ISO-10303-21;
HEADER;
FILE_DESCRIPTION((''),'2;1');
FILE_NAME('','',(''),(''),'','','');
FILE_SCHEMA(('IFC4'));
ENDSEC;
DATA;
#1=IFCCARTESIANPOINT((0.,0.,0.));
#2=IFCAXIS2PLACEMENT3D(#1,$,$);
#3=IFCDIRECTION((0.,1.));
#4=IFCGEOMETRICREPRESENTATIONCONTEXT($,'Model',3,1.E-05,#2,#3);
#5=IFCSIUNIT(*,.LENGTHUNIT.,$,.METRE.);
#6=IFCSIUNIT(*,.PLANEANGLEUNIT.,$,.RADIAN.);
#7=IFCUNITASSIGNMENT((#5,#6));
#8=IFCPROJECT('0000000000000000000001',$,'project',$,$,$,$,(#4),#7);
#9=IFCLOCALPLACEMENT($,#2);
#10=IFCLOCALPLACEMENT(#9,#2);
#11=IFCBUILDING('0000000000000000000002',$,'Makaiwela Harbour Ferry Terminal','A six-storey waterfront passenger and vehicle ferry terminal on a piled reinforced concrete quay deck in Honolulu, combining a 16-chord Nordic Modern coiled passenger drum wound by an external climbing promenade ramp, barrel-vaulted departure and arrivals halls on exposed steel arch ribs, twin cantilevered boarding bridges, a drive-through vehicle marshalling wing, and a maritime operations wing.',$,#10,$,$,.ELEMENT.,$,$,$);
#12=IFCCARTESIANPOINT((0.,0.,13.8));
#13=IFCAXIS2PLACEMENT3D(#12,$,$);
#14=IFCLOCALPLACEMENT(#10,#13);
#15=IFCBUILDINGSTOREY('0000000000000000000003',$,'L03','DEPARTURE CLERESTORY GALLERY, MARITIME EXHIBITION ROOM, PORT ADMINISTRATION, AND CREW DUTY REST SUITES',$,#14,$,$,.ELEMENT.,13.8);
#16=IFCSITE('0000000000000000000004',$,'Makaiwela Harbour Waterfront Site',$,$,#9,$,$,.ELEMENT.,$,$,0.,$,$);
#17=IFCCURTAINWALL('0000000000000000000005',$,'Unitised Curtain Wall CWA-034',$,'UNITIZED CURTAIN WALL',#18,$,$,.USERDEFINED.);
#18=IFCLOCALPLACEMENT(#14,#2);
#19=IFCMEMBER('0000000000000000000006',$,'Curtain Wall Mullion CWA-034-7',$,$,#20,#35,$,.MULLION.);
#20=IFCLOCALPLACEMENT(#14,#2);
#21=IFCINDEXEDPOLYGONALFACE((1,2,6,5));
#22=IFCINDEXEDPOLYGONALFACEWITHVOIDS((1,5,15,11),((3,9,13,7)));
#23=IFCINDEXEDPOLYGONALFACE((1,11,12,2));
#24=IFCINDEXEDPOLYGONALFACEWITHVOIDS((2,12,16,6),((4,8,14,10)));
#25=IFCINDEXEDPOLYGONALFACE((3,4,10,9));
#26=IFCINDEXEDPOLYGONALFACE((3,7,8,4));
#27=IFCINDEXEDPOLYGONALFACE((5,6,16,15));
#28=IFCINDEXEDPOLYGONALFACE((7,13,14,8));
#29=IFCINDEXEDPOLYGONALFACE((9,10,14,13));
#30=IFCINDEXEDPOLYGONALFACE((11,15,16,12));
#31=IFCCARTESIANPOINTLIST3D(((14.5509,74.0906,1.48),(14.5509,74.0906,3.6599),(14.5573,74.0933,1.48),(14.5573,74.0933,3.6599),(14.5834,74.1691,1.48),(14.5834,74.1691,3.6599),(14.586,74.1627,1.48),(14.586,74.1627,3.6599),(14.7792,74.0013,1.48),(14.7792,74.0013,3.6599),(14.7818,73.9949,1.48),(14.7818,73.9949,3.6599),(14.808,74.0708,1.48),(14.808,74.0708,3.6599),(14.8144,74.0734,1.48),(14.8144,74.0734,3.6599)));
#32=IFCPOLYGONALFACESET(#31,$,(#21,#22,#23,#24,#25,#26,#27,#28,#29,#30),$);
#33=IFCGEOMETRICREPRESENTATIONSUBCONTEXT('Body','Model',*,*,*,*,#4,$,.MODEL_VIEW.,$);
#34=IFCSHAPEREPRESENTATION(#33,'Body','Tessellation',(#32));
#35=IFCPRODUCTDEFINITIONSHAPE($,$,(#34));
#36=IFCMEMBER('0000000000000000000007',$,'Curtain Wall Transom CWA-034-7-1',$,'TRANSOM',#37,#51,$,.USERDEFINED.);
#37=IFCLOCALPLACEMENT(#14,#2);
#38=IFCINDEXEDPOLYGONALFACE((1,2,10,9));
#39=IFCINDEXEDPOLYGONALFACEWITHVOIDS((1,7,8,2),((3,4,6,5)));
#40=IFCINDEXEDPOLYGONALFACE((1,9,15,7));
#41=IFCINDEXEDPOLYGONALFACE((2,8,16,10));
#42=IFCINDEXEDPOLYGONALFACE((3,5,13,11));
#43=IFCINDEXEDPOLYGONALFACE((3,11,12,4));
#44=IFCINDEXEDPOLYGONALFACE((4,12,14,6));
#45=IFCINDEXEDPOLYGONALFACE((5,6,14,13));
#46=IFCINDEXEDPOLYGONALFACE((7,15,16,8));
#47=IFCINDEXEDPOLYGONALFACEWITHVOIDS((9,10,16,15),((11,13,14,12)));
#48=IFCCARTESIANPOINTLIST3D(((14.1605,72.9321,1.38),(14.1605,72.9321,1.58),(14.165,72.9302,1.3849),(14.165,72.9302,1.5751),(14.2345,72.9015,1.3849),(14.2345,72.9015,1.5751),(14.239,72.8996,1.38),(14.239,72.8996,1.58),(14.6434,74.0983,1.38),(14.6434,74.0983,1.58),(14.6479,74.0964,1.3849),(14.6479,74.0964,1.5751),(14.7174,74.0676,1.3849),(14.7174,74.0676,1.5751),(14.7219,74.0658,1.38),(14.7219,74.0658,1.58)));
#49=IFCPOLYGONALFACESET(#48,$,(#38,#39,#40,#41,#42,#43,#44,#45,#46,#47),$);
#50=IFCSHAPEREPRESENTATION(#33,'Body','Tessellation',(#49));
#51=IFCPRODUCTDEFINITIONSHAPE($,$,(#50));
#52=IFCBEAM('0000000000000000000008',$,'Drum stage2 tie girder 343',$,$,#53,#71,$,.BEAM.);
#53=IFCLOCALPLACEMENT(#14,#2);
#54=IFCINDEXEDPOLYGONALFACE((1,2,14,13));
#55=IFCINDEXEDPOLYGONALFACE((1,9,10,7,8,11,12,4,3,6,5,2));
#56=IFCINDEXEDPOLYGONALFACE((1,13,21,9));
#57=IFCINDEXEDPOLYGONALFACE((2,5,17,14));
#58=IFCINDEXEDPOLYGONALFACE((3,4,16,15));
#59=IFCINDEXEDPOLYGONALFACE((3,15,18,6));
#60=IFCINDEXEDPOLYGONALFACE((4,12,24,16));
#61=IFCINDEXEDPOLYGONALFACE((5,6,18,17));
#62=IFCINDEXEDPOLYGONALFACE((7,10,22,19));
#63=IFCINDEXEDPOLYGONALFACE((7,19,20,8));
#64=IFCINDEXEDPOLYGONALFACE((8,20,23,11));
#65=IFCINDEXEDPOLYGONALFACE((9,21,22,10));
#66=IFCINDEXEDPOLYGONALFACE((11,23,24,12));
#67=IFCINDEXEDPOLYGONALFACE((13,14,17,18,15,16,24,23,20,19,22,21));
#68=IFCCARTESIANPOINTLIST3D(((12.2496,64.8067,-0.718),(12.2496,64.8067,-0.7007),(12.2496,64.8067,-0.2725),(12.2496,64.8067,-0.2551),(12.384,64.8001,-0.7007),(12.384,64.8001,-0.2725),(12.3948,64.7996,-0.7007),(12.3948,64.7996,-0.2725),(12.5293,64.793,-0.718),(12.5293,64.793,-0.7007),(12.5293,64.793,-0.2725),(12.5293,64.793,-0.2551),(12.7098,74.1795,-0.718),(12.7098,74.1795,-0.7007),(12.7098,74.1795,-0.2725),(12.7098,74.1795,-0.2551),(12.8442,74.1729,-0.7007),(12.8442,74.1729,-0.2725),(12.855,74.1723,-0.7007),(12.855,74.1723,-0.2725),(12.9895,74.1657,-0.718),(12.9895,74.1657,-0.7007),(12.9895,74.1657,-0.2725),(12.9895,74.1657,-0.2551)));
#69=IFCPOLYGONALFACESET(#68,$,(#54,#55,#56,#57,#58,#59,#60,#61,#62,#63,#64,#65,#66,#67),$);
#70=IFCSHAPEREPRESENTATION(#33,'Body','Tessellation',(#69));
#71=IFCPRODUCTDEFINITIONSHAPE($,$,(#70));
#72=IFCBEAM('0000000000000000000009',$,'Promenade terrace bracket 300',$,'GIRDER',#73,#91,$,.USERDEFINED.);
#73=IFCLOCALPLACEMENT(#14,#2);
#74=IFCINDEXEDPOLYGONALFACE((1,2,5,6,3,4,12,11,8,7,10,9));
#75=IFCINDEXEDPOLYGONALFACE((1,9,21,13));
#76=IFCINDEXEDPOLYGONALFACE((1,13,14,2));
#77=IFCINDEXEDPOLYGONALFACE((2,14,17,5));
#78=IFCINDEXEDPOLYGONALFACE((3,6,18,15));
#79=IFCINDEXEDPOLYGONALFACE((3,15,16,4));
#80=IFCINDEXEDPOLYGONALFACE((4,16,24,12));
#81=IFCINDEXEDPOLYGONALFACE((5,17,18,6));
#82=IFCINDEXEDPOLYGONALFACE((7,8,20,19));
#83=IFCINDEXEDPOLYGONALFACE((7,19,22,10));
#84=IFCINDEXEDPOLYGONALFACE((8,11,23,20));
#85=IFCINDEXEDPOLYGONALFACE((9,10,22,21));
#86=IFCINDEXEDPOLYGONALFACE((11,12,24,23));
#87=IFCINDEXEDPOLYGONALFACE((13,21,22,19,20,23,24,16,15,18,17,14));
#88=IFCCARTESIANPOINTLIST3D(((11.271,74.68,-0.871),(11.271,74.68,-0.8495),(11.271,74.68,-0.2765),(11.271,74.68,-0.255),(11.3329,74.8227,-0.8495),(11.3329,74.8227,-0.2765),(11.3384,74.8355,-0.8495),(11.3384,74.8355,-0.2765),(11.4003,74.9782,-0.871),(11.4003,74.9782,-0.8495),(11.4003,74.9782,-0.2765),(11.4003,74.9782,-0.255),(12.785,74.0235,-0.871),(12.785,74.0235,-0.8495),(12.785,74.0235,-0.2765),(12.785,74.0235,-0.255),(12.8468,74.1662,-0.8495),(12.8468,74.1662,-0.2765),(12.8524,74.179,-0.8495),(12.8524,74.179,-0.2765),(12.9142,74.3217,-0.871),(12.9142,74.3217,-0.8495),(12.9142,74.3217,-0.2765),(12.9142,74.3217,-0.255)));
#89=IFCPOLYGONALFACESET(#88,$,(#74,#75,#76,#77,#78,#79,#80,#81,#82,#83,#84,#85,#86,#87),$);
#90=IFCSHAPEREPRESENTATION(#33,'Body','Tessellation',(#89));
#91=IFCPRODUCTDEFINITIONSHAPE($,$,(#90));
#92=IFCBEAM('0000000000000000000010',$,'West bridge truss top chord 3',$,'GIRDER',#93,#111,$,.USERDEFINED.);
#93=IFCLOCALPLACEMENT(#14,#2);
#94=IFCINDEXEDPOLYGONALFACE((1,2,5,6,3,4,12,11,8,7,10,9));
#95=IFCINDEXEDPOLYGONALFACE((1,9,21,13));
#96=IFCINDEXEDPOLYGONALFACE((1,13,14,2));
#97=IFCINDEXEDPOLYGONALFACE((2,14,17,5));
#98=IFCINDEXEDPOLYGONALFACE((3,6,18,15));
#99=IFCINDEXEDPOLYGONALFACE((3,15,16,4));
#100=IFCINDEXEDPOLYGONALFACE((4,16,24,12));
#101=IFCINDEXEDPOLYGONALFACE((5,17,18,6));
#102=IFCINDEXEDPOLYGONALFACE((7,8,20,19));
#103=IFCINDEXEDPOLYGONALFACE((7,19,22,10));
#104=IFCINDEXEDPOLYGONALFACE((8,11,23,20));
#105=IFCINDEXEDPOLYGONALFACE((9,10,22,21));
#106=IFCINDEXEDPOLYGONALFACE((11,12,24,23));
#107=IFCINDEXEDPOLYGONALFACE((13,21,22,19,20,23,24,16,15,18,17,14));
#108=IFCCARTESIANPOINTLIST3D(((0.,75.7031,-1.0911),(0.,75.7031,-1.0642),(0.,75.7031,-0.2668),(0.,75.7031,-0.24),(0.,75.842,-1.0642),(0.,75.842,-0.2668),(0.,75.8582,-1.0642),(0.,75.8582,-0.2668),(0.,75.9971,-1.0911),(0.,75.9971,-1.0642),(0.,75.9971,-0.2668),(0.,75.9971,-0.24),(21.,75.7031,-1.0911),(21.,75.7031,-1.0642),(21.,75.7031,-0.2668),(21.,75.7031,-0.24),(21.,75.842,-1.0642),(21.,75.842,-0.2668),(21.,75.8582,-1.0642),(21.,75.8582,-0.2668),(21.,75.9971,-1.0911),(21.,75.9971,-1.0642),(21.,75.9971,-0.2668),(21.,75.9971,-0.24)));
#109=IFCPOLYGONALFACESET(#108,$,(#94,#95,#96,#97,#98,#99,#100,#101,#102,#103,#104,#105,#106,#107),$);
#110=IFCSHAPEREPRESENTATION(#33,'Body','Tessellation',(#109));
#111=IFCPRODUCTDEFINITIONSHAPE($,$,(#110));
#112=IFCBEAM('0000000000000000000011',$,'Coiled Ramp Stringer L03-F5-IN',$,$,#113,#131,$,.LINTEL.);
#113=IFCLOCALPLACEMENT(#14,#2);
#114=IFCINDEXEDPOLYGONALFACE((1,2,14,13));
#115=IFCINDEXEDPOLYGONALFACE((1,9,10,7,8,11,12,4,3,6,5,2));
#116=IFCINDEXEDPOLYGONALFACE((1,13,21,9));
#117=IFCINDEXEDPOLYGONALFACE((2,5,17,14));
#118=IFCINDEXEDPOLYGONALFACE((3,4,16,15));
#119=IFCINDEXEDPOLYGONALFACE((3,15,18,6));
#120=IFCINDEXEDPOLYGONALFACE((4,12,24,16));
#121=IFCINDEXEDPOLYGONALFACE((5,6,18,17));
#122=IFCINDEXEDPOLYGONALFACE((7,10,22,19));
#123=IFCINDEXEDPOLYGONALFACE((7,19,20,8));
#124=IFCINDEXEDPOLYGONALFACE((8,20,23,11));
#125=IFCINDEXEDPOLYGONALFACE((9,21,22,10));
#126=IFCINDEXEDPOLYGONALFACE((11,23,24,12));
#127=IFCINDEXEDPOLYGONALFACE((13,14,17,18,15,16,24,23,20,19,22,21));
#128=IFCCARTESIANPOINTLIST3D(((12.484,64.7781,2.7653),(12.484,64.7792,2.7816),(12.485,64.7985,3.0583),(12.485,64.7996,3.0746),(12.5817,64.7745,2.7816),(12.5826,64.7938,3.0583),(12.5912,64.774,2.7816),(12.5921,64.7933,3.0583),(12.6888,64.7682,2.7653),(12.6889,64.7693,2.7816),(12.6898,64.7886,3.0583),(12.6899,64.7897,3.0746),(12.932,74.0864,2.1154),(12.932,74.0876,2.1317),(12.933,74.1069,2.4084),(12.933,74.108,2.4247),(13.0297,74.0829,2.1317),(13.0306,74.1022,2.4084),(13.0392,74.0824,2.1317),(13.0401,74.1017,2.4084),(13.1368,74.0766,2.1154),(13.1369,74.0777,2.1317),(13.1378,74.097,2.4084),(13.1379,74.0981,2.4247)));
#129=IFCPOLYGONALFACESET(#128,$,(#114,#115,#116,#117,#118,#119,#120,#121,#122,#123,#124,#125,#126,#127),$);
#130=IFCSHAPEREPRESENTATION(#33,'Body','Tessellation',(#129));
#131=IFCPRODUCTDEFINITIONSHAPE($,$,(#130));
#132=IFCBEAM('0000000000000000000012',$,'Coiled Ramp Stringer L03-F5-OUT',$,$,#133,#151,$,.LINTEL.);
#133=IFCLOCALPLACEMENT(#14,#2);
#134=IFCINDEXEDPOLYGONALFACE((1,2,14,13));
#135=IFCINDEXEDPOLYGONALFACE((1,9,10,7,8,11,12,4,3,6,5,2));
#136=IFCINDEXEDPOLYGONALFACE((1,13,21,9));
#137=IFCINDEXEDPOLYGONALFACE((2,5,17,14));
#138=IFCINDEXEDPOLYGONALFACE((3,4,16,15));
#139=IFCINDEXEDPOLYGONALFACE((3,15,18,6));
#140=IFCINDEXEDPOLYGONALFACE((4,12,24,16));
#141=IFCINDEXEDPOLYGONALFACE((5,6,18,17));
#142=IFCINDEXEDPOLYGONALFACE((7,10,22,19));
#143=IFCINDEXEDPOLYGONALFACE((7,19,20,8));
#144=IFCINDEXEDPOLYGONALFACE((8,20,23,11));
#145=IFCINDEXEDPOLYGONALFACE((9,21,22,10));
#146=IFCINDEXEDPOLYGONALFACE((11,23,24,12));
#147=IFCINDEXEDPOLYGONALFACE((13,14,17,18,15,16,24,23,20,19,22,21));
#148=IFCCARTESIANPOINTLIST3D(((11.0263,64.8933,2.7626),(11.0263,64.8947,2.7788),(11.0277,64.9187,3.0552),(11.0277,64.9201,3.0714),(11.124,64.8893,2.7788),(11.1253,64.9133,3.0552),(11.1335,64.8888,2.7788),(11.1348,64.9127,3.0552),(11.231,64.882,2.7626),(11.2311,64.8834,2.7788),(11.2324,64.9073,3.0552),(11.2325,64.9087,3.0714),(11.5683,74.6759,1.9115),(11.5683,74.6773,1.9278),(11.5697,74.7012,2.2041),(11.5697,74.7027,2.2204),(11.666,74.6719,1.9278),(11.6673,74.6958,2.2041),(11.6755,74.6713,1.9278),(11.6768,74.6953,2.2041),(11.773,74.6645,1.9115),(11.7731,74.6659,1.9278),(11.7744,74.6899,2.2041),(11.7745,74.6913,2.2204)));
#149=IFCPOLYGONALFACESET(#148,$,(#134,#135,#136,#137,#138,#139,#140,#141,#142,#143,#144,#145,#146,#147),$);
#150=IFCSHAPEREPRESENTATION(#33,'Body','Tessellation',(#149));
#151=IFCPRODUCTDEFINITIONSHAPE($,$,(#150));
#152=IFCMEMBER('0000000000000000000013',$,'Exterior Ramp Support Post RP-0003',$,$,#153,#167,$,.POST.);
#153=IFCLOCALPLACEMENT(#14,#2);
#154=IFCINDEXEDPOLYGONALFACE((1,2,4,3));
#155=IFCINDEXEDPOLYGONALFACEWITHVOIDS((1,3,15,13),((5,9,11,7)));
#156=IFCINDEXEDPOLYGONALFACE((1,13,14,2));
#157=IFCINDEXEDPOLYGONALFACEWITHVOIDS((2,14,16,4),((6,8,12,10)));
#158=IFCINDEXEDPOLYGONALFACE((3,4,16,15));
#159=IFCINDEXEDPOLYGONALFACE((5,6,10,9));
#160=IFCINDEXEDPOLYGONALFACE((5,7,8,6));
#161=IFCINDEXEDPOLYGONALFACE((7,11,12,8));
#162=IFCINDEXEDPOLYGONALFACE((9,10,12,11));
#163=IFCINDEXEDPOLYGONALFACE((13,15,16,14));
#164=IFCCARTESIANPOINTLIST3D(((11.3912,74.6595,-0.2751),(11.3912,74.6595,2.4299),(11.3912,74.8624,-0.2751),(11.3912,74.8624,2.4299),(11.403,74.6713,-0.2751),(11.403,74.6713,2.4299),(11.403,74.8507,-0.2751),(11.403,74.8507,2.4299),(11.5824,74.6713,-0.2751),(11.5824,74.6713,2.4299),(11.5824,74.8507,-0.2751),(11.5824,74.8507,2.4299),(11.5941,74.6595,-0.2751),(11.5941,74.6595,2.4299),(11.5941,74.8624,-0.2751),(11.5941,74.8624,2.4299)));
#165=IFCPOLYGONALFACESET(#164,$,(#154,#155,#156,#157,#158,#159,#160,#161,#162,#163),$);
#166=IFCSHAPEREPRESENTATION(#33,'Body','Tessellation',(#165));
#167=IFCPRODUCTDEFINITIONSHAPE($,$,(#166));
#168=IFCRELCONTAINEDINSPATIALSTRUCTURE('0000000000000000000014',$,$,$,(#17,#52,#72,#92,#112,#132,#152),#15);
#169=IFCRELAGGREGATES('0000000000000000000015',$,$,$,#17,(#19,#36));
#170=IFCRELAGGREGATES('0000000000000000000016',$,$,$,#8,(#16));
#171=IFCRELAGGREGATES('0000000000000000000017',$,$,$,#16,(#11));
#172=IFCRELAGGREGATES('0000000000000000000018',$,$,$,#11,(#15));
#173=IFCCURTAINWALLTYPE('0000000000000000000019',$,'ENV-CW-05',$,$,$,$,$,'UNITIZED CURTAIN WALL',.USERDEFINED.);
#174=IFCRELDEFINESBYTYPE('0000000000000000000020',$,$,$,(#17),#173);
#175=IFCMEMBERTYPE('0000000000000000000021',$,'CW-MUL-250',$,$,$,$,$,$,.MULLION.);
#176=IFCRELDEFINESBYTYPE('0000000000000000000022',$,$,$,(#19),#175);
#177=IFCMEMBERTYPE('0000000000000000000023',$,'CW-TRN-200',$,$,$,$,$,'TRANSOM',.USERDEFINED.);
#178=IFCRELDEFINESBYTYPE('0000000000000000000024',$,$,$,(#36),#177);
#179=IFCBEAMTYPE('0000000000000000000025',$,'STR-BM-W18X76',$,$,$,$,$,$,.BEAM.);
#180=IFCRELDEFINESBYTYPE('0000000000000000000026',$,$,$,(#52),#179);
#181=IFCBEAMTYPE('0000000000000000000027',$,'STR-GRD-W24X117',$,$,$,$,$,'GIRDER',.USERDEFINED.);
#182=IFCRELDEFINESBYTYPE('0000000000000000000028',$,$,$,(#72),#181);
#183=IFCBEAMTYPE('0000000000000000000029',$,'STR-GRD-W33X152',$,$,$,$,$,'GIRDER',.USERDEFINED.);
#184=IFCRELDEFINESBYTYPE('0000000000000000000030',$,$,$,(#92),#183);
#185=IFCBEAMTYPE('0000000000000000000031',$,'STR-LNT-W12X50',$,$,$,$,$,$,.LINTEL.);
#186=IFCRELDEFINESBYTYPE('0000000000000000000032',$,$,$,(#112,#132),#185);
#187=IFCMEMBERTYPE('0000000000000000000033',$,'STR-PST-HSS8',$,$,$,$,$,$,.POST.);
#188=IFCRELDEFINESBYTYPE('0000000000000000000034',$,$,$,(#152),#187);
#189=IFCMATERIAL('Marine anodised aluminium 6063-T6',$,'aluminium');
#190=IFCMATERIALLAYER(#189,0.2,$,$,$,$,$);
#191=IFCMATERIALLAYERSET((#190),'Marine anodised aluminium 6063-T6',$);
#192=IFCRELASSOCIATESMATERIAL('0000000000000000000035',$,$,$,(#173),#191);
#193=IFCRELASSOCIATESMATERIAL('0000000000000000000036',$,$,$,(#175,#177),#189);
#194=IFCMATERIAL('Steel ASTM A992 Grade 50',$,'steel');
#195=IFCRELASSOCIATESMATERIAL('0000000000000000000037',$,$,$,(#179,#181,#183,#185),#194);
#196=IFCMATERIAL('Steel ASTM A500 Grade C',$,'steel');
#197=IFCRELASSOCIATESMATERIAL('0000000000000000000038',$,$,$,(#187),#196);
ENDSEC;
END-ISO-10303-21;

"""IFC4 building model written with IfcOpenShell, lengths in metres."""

from ifc_helpers import new_model, si_unit, direction, frame, origin, origin_2d, place, context, subcontext, project, spatial, hollow_rectangle, i_section, extrude, material, layer, layer_set, material_profile, profile_set, type_object, element, aggregate, save


model = new_model("IFC4")

# Units and contexts
model_context = context("Model", 3, precision=1e-05, world=origin(), true_north=direction((0.0, 1.0)))
body_context = subcontext(model_context, "Body", "Model", "MODEL_VIEW")
ifc_project = project(units=[si_unit("LENGTHUNIT", "METRE"), si_unit("PLANEANGLEUNIT", "RADIAN")], contexts=[model_context])

# Site, building, storey
site_placement = place(None, origin())
site = spatial("IfcSite", under=ifc_project, at=site_placement, Name="Makaiwela Harbour Waterfront Site", CompositionType="ELEMENT", RefElevation=0.0)
building_placement = place(site_placement, origin())
building = spatial("IfcBuilding", under=site, at=building_placement, Name="Makaiwela Harbour Ferry Terminal", Description="A six-storey waterfront passenger and vehicle ferry terminal on a piled reinforced concrete quay deck in Honolulu, combining a 16-chord Nordic Modern coiled passenger drum wound by an external climbing promenade ramp, barrel-vaulted departure and arrivals halls on exposed steel arch ribs, twin cantilevered boarding bridges, a drive-through vehicle marshalling wing, and a maritime operations wing.", CompositionType="ELEMENT")
storey_placement = place(building_placement, frame((0.0, 0.0, 13.8)))
storey = spatial("IfcBuildingStorey", under=building, at=storey_placement, Name="L03", Description="DEPARTURE CLERESTORY GALLERY, MARITIME EXHIBITION ROOM, PORT ADMINISTRATION, AND CREW DUTY REST SUITES", CompositionType="ELEMENT", Elevation=13.8)

# Curtain wall, members
ifc_material_1 = material(Name="Marine anodised aluminium 6063-T6", Category="aluminium")
ifc_layer_1 = layer(ifc_material_1, 0.2)
ifc_layer_set_1 = layer_set([ifc_layer_1], Name="Marine anodised aluminium 6063-T6")
curtain_wall_type = type_object("IfcCurtainWallType", Name="ENV-CW-05", ElementType="UNITIZED CURTAIN WALL", PredefinedType="USERDEFINED", material=ifc_layer_set_1)
curtain_wall_placement = place(storey_placement, origin())
curtain_wall = element("IfcCurtainWall", 1, at=curtain_wall_placement, inside=storey, type_object=curtain_wall_type, Name="Unitised Curtain Wall CWA-034", ObjectType="UNITIZED CURTAIN WALL", PredefinedType="USERDEFINED")
ifc_material_profile_1 = material_profile(ifc_material_1, hollow_rectangle(XDim=0.085, YDim=0.25, WallThickness=0.0049, at=origin_2d()), Name="CWM-250X85")
ifc_profile_set_1 = profile_set([ifc_material_profile_1], Name="Marine anodised aluminium 6063-T6")
member_type_1 = type_object("IfcMemberType", Name="CW-MUL-250", PredefinedType="MULLION", material=ifc_profile_set_1)
member_1_placement = place(storey_placement, frame((14.6826, 74.082, 1.48), z_axis=(0.0, 0.0, 1.0), x_axis=(0.382683, 0.92388, 0.0)))
member_1 = element("IfcMember", 2, at=member_1_placement, type_object=member_type_1, Name="Curtain Wall Mullion CWA-034-7", PredefinedType="MULLION", context=body_context, shape_type="SweptSolid", body=[
    extrude(hollow_rectangle(XDim=0.085, YDim=0.25, WallThickness=0.0049, at=origin_2d()), origin(), (0.0, 0.0, 1.0), 2.1799),
])
ifc_material_profile_2 = material_profile(ifc_material_1, hollow_rectangle(XDim=0.085, YDim=0.2, WallThickness=0.0049, at=origin_2d()), Name="CWT-200X85")
ifc_profile_set_2 = profile_set([ifc_material_profile_2], Name="Marine anodised aluminium 6063-T6")
member_type_2 = type_object("IfcMemberType", Name="CW-TRN-200", ElementType="TRANSOM", PredefinedType="USERDEFINED", material=ifc_profile_set_2)
member_2_placement = place(storey_placement, frame((14.6826, 74.082, 1.48), z_axis=(-0.382568, -0.923927, 0.0), x_axis=(0.923927, -0.382568, 0.0)))
member_2 = element("IfcMember", 3, at=member_2_placement, type_object=member_type_2, Name="Curtain Wall Transom CWA-034-7-1", ObjectType="TRANSOM", PredefinedType="USERDEFINED", context=body_context, shape_type="SweptSolid", body=[
    extrude(hollow_rectangle(XDim=0.085, YDim=0.2, WallThickness=0.0049, at=origin_2d()), origin(), (0.0, 0.0, 1.0), 1.2622),
])
aggregate(curtain_wall, [member_1, member_2])

# Beams
ifc_material_2 = material(Name="Steel ASTM A992 Grade 50", Category="steel")
ifc_material_profile_3 = material_profile(ifc_material_2, i_section(OverallWidth=0.28, OverallDepth=0.4629, WebThickness=0.0107, FlangeThickness=0.0173, at=origin_2d()), Name="W18X76")
ifc_profile_set_3 = profile_set([ifc_material_profile_3], Name="Steel ASTM A992 Grade 50")
beam_type_1 = type_object("IfcBeamType", Name="STR-BM-W18X76", PredefinedType="BEAM", material=ifc_profile_set_3)
beam_1_placement = place(storey_placement, frame((12.8496, 74.1726, -0.4866), z_axis=(-0.049041, -0.998797, 0.0), x_axis=(0.998797, -0.049041, 0.0)))
element("IfcBeam", 4, at=beam_1_placement, inside=storey, type_object=beam_type_1, Name="Drum stage2 tie girder 343", PredefinedType="BEAM", context=body_context, shape_type="SweptSolid", body=[
    extrude(i_section(OverallWidth=0.28, OverallDepth=0.4629, WebThickness=0.0107, FlangeThickness=0.0173, at=origin_2d()), origin(), (0.0, 0.0, 1.0), 9.384),
])
ifc_material_profile_4 = material_profile(ifc_material_2, i_section(OverallWidth=0.325, OverallDepth=0.616, WebThickness=0.0139, FlangeThickness=0.0215, at=origin_2d()), Name="W24X117")
ifc_profile_set_4 = profile_set([ifc_material_profile_4], Name="Steel ASTM A992 Grade 50")
beam_type_2 = type_object("IfcBeamType", Name="STR-GRD-W24X117", ElementType="GIRDER", PredefinedType="USERDEFINED", material=ifc_profile_set_4)
beam_2_placement = place(storey_placement, frame((12.8496, 74.1726, -0.563), z_axis=(-0.917453, 0.397844, 0.0), x_axis=(-0.397844, -0.917453, 0.0)))
element("IfcBeam", 5, at=beam_2_placement, inside=storey, type_object=beam_type_2, Name="Promenade terrace bracket 300", ObjectType="GIRDER", PredefinedType="USERDEFINED", context=body_context, shape_type="SweptSolid", body=[
    extrude(i_section(OverallWidth=0.325, OverallDepth=0.616, WebThickness=0.0139, FlangeThickness=0.0215, at=origin_2d()), origin(), (0.0, 0.0, 1.0), 1.6501),
])
ifc_material_profile_5 = material_profile(ifc_material_2, i_section(OverallWidth=0.2939, OverallDepth=0.8511, WebThickness=0.0161, FlangeThickness=0.0269, at=origin_2d()), Name="W33X152")
ifc_profile_set_5 = profile_set([ifc_material_profile_5], Name="Steel ASTM A992 Grade 50")
beam_type_3 = type_object("IfcBeamType", Name="STR-GRD-W33X152", ElementType="GIRDER", PredefinedType="USERDEFINED", material=ifc_profile_set_5)
beam_3_placement = place(storey_placement, frame((0.0, 75.8501, -0.6655), z_axis=(1.0, 0.0, 0.0), x_axis=(0.0, 1.0, 0.0)))
element("IfcBeam", 6, at=beam_3_placement, inside=storey, type_object=beam_type_3, Name="West bridge truss top chord 3", ObjectType="GIRDER", PredefinedType="USERDEFINED", context=body_context, shape_type="SweptSolid", body=[
    extrude(i_section(OverallWidth=0.2939, OverallDepth=0.8511, WebThickness=0.0161, FlangeThickness=0.0269, at=origin_2d()), origin(), (0.0, 0.0, 1.0), 21.0),
])
ifc_material_profile_6 = material_profile(ifc_material_2, i_section(OverallWidth=0.2051, OverallDepth=0.3101, WebThickness=0.0095, FlangeThickness=0.0164, at=origin_2d()), Name="W12X50")
ifc_profile_set_6 = profile_set([ifc_material_profile_6], Name="Steel ASTM A992 Grade 50")
beam_type_4 = type_object("IfcBeamType", Name="STR-LNT-W12X50", PredefinedType="LINTEL", material=ifc_profile_set_6)
beam_4_placement = place(storey_placement, frame((13.0349, 74.0923, 2.27), z_axis=(-0.047957, -0.996424, 0.06957), x_axis=(0.998844, -0.048073, 0.0)))
element("IfcBeam", 7, at=beam_4_placement, inside=storey, type_object=beam_type_4, Name="Coiled Ramp Stringer L03-F5-IN", PredefinedType="LINTEL", context=body_context, shape_type="SweptSolid", body=[
    extrude(i_section(OverallWidth=0.2051, OverallDepth=0.3101, WebThickness=0.0095, FlangeThickness=0.0164, at=origin_2d()), origin(), (0.0, 0.0, 1.0), 9.3418),
])
beam_5_placement = place(storey_placement, frame((11.6714, 74.6836, 2.0659), z_axis=(-0.055112, -0.994723, 0.086541), x_axis=(0.998469, -0.05532, 0.0)))
element("IfcBeam", 8, at=beam_5_placement, inside=storey, type_object=beam_type_4, Name="Coiled Ramp Stringer L03-F5-OUT", PredefinedType="LINTEL", context=body_context, shape_type="SweptSolid", body=[
    extrude(i_section(OverallWidth=0.2051, OverallDepth=0.3101, WebThickness=0.0095, FlangeThickness=0.0164, at=origin_2d()), origin(), (0.0, 0.0, 1.0), 9.8345),
])

# Member
ifc_material_3 = material(Name="Steel ASTM A500 Grade C", Category="steel")
ifc_material_profile_7 = material_profile(ifc_material_3, hollow_rectangle(XDim=0.2029, YDim=0.2029, WallThickness=0.0117, at=origin_2d()), Name="HSS8X8X1/2")
ifc_profile_set_7 = profile_set([ifc_material_profile_7], Name="Steel ASTM A500 Grade C")
member_type_3 = type_object("IfcMemberType", Name="STR-PST-HSS8", PredefinedType="POST", material=ifc_profile_set_7)
member_3_placement = place(storey_placement, frame((11.4927, 74.761, -0.2751), z_axis=(0.0, 0.0, 1.0), x_axis=(1.0, 0.0, 0.0)))
element("IfcMember", 9, at=member_3_placement, inside=storey, type_object=member_type_3, Name="Exterior Ramp Support Post RP-0003", PredefinedType="POST", context=body_context, shape_type="SweptSolid", body=[
    extrude(hollow_rectangle(XDim=0.2029, YDim=0.2029, WallThickness=0.0117, at=origin_2d()), origin(), (0.0, 0.0, 1.0), 2.7051),
])

save(model, "model.ifc")
